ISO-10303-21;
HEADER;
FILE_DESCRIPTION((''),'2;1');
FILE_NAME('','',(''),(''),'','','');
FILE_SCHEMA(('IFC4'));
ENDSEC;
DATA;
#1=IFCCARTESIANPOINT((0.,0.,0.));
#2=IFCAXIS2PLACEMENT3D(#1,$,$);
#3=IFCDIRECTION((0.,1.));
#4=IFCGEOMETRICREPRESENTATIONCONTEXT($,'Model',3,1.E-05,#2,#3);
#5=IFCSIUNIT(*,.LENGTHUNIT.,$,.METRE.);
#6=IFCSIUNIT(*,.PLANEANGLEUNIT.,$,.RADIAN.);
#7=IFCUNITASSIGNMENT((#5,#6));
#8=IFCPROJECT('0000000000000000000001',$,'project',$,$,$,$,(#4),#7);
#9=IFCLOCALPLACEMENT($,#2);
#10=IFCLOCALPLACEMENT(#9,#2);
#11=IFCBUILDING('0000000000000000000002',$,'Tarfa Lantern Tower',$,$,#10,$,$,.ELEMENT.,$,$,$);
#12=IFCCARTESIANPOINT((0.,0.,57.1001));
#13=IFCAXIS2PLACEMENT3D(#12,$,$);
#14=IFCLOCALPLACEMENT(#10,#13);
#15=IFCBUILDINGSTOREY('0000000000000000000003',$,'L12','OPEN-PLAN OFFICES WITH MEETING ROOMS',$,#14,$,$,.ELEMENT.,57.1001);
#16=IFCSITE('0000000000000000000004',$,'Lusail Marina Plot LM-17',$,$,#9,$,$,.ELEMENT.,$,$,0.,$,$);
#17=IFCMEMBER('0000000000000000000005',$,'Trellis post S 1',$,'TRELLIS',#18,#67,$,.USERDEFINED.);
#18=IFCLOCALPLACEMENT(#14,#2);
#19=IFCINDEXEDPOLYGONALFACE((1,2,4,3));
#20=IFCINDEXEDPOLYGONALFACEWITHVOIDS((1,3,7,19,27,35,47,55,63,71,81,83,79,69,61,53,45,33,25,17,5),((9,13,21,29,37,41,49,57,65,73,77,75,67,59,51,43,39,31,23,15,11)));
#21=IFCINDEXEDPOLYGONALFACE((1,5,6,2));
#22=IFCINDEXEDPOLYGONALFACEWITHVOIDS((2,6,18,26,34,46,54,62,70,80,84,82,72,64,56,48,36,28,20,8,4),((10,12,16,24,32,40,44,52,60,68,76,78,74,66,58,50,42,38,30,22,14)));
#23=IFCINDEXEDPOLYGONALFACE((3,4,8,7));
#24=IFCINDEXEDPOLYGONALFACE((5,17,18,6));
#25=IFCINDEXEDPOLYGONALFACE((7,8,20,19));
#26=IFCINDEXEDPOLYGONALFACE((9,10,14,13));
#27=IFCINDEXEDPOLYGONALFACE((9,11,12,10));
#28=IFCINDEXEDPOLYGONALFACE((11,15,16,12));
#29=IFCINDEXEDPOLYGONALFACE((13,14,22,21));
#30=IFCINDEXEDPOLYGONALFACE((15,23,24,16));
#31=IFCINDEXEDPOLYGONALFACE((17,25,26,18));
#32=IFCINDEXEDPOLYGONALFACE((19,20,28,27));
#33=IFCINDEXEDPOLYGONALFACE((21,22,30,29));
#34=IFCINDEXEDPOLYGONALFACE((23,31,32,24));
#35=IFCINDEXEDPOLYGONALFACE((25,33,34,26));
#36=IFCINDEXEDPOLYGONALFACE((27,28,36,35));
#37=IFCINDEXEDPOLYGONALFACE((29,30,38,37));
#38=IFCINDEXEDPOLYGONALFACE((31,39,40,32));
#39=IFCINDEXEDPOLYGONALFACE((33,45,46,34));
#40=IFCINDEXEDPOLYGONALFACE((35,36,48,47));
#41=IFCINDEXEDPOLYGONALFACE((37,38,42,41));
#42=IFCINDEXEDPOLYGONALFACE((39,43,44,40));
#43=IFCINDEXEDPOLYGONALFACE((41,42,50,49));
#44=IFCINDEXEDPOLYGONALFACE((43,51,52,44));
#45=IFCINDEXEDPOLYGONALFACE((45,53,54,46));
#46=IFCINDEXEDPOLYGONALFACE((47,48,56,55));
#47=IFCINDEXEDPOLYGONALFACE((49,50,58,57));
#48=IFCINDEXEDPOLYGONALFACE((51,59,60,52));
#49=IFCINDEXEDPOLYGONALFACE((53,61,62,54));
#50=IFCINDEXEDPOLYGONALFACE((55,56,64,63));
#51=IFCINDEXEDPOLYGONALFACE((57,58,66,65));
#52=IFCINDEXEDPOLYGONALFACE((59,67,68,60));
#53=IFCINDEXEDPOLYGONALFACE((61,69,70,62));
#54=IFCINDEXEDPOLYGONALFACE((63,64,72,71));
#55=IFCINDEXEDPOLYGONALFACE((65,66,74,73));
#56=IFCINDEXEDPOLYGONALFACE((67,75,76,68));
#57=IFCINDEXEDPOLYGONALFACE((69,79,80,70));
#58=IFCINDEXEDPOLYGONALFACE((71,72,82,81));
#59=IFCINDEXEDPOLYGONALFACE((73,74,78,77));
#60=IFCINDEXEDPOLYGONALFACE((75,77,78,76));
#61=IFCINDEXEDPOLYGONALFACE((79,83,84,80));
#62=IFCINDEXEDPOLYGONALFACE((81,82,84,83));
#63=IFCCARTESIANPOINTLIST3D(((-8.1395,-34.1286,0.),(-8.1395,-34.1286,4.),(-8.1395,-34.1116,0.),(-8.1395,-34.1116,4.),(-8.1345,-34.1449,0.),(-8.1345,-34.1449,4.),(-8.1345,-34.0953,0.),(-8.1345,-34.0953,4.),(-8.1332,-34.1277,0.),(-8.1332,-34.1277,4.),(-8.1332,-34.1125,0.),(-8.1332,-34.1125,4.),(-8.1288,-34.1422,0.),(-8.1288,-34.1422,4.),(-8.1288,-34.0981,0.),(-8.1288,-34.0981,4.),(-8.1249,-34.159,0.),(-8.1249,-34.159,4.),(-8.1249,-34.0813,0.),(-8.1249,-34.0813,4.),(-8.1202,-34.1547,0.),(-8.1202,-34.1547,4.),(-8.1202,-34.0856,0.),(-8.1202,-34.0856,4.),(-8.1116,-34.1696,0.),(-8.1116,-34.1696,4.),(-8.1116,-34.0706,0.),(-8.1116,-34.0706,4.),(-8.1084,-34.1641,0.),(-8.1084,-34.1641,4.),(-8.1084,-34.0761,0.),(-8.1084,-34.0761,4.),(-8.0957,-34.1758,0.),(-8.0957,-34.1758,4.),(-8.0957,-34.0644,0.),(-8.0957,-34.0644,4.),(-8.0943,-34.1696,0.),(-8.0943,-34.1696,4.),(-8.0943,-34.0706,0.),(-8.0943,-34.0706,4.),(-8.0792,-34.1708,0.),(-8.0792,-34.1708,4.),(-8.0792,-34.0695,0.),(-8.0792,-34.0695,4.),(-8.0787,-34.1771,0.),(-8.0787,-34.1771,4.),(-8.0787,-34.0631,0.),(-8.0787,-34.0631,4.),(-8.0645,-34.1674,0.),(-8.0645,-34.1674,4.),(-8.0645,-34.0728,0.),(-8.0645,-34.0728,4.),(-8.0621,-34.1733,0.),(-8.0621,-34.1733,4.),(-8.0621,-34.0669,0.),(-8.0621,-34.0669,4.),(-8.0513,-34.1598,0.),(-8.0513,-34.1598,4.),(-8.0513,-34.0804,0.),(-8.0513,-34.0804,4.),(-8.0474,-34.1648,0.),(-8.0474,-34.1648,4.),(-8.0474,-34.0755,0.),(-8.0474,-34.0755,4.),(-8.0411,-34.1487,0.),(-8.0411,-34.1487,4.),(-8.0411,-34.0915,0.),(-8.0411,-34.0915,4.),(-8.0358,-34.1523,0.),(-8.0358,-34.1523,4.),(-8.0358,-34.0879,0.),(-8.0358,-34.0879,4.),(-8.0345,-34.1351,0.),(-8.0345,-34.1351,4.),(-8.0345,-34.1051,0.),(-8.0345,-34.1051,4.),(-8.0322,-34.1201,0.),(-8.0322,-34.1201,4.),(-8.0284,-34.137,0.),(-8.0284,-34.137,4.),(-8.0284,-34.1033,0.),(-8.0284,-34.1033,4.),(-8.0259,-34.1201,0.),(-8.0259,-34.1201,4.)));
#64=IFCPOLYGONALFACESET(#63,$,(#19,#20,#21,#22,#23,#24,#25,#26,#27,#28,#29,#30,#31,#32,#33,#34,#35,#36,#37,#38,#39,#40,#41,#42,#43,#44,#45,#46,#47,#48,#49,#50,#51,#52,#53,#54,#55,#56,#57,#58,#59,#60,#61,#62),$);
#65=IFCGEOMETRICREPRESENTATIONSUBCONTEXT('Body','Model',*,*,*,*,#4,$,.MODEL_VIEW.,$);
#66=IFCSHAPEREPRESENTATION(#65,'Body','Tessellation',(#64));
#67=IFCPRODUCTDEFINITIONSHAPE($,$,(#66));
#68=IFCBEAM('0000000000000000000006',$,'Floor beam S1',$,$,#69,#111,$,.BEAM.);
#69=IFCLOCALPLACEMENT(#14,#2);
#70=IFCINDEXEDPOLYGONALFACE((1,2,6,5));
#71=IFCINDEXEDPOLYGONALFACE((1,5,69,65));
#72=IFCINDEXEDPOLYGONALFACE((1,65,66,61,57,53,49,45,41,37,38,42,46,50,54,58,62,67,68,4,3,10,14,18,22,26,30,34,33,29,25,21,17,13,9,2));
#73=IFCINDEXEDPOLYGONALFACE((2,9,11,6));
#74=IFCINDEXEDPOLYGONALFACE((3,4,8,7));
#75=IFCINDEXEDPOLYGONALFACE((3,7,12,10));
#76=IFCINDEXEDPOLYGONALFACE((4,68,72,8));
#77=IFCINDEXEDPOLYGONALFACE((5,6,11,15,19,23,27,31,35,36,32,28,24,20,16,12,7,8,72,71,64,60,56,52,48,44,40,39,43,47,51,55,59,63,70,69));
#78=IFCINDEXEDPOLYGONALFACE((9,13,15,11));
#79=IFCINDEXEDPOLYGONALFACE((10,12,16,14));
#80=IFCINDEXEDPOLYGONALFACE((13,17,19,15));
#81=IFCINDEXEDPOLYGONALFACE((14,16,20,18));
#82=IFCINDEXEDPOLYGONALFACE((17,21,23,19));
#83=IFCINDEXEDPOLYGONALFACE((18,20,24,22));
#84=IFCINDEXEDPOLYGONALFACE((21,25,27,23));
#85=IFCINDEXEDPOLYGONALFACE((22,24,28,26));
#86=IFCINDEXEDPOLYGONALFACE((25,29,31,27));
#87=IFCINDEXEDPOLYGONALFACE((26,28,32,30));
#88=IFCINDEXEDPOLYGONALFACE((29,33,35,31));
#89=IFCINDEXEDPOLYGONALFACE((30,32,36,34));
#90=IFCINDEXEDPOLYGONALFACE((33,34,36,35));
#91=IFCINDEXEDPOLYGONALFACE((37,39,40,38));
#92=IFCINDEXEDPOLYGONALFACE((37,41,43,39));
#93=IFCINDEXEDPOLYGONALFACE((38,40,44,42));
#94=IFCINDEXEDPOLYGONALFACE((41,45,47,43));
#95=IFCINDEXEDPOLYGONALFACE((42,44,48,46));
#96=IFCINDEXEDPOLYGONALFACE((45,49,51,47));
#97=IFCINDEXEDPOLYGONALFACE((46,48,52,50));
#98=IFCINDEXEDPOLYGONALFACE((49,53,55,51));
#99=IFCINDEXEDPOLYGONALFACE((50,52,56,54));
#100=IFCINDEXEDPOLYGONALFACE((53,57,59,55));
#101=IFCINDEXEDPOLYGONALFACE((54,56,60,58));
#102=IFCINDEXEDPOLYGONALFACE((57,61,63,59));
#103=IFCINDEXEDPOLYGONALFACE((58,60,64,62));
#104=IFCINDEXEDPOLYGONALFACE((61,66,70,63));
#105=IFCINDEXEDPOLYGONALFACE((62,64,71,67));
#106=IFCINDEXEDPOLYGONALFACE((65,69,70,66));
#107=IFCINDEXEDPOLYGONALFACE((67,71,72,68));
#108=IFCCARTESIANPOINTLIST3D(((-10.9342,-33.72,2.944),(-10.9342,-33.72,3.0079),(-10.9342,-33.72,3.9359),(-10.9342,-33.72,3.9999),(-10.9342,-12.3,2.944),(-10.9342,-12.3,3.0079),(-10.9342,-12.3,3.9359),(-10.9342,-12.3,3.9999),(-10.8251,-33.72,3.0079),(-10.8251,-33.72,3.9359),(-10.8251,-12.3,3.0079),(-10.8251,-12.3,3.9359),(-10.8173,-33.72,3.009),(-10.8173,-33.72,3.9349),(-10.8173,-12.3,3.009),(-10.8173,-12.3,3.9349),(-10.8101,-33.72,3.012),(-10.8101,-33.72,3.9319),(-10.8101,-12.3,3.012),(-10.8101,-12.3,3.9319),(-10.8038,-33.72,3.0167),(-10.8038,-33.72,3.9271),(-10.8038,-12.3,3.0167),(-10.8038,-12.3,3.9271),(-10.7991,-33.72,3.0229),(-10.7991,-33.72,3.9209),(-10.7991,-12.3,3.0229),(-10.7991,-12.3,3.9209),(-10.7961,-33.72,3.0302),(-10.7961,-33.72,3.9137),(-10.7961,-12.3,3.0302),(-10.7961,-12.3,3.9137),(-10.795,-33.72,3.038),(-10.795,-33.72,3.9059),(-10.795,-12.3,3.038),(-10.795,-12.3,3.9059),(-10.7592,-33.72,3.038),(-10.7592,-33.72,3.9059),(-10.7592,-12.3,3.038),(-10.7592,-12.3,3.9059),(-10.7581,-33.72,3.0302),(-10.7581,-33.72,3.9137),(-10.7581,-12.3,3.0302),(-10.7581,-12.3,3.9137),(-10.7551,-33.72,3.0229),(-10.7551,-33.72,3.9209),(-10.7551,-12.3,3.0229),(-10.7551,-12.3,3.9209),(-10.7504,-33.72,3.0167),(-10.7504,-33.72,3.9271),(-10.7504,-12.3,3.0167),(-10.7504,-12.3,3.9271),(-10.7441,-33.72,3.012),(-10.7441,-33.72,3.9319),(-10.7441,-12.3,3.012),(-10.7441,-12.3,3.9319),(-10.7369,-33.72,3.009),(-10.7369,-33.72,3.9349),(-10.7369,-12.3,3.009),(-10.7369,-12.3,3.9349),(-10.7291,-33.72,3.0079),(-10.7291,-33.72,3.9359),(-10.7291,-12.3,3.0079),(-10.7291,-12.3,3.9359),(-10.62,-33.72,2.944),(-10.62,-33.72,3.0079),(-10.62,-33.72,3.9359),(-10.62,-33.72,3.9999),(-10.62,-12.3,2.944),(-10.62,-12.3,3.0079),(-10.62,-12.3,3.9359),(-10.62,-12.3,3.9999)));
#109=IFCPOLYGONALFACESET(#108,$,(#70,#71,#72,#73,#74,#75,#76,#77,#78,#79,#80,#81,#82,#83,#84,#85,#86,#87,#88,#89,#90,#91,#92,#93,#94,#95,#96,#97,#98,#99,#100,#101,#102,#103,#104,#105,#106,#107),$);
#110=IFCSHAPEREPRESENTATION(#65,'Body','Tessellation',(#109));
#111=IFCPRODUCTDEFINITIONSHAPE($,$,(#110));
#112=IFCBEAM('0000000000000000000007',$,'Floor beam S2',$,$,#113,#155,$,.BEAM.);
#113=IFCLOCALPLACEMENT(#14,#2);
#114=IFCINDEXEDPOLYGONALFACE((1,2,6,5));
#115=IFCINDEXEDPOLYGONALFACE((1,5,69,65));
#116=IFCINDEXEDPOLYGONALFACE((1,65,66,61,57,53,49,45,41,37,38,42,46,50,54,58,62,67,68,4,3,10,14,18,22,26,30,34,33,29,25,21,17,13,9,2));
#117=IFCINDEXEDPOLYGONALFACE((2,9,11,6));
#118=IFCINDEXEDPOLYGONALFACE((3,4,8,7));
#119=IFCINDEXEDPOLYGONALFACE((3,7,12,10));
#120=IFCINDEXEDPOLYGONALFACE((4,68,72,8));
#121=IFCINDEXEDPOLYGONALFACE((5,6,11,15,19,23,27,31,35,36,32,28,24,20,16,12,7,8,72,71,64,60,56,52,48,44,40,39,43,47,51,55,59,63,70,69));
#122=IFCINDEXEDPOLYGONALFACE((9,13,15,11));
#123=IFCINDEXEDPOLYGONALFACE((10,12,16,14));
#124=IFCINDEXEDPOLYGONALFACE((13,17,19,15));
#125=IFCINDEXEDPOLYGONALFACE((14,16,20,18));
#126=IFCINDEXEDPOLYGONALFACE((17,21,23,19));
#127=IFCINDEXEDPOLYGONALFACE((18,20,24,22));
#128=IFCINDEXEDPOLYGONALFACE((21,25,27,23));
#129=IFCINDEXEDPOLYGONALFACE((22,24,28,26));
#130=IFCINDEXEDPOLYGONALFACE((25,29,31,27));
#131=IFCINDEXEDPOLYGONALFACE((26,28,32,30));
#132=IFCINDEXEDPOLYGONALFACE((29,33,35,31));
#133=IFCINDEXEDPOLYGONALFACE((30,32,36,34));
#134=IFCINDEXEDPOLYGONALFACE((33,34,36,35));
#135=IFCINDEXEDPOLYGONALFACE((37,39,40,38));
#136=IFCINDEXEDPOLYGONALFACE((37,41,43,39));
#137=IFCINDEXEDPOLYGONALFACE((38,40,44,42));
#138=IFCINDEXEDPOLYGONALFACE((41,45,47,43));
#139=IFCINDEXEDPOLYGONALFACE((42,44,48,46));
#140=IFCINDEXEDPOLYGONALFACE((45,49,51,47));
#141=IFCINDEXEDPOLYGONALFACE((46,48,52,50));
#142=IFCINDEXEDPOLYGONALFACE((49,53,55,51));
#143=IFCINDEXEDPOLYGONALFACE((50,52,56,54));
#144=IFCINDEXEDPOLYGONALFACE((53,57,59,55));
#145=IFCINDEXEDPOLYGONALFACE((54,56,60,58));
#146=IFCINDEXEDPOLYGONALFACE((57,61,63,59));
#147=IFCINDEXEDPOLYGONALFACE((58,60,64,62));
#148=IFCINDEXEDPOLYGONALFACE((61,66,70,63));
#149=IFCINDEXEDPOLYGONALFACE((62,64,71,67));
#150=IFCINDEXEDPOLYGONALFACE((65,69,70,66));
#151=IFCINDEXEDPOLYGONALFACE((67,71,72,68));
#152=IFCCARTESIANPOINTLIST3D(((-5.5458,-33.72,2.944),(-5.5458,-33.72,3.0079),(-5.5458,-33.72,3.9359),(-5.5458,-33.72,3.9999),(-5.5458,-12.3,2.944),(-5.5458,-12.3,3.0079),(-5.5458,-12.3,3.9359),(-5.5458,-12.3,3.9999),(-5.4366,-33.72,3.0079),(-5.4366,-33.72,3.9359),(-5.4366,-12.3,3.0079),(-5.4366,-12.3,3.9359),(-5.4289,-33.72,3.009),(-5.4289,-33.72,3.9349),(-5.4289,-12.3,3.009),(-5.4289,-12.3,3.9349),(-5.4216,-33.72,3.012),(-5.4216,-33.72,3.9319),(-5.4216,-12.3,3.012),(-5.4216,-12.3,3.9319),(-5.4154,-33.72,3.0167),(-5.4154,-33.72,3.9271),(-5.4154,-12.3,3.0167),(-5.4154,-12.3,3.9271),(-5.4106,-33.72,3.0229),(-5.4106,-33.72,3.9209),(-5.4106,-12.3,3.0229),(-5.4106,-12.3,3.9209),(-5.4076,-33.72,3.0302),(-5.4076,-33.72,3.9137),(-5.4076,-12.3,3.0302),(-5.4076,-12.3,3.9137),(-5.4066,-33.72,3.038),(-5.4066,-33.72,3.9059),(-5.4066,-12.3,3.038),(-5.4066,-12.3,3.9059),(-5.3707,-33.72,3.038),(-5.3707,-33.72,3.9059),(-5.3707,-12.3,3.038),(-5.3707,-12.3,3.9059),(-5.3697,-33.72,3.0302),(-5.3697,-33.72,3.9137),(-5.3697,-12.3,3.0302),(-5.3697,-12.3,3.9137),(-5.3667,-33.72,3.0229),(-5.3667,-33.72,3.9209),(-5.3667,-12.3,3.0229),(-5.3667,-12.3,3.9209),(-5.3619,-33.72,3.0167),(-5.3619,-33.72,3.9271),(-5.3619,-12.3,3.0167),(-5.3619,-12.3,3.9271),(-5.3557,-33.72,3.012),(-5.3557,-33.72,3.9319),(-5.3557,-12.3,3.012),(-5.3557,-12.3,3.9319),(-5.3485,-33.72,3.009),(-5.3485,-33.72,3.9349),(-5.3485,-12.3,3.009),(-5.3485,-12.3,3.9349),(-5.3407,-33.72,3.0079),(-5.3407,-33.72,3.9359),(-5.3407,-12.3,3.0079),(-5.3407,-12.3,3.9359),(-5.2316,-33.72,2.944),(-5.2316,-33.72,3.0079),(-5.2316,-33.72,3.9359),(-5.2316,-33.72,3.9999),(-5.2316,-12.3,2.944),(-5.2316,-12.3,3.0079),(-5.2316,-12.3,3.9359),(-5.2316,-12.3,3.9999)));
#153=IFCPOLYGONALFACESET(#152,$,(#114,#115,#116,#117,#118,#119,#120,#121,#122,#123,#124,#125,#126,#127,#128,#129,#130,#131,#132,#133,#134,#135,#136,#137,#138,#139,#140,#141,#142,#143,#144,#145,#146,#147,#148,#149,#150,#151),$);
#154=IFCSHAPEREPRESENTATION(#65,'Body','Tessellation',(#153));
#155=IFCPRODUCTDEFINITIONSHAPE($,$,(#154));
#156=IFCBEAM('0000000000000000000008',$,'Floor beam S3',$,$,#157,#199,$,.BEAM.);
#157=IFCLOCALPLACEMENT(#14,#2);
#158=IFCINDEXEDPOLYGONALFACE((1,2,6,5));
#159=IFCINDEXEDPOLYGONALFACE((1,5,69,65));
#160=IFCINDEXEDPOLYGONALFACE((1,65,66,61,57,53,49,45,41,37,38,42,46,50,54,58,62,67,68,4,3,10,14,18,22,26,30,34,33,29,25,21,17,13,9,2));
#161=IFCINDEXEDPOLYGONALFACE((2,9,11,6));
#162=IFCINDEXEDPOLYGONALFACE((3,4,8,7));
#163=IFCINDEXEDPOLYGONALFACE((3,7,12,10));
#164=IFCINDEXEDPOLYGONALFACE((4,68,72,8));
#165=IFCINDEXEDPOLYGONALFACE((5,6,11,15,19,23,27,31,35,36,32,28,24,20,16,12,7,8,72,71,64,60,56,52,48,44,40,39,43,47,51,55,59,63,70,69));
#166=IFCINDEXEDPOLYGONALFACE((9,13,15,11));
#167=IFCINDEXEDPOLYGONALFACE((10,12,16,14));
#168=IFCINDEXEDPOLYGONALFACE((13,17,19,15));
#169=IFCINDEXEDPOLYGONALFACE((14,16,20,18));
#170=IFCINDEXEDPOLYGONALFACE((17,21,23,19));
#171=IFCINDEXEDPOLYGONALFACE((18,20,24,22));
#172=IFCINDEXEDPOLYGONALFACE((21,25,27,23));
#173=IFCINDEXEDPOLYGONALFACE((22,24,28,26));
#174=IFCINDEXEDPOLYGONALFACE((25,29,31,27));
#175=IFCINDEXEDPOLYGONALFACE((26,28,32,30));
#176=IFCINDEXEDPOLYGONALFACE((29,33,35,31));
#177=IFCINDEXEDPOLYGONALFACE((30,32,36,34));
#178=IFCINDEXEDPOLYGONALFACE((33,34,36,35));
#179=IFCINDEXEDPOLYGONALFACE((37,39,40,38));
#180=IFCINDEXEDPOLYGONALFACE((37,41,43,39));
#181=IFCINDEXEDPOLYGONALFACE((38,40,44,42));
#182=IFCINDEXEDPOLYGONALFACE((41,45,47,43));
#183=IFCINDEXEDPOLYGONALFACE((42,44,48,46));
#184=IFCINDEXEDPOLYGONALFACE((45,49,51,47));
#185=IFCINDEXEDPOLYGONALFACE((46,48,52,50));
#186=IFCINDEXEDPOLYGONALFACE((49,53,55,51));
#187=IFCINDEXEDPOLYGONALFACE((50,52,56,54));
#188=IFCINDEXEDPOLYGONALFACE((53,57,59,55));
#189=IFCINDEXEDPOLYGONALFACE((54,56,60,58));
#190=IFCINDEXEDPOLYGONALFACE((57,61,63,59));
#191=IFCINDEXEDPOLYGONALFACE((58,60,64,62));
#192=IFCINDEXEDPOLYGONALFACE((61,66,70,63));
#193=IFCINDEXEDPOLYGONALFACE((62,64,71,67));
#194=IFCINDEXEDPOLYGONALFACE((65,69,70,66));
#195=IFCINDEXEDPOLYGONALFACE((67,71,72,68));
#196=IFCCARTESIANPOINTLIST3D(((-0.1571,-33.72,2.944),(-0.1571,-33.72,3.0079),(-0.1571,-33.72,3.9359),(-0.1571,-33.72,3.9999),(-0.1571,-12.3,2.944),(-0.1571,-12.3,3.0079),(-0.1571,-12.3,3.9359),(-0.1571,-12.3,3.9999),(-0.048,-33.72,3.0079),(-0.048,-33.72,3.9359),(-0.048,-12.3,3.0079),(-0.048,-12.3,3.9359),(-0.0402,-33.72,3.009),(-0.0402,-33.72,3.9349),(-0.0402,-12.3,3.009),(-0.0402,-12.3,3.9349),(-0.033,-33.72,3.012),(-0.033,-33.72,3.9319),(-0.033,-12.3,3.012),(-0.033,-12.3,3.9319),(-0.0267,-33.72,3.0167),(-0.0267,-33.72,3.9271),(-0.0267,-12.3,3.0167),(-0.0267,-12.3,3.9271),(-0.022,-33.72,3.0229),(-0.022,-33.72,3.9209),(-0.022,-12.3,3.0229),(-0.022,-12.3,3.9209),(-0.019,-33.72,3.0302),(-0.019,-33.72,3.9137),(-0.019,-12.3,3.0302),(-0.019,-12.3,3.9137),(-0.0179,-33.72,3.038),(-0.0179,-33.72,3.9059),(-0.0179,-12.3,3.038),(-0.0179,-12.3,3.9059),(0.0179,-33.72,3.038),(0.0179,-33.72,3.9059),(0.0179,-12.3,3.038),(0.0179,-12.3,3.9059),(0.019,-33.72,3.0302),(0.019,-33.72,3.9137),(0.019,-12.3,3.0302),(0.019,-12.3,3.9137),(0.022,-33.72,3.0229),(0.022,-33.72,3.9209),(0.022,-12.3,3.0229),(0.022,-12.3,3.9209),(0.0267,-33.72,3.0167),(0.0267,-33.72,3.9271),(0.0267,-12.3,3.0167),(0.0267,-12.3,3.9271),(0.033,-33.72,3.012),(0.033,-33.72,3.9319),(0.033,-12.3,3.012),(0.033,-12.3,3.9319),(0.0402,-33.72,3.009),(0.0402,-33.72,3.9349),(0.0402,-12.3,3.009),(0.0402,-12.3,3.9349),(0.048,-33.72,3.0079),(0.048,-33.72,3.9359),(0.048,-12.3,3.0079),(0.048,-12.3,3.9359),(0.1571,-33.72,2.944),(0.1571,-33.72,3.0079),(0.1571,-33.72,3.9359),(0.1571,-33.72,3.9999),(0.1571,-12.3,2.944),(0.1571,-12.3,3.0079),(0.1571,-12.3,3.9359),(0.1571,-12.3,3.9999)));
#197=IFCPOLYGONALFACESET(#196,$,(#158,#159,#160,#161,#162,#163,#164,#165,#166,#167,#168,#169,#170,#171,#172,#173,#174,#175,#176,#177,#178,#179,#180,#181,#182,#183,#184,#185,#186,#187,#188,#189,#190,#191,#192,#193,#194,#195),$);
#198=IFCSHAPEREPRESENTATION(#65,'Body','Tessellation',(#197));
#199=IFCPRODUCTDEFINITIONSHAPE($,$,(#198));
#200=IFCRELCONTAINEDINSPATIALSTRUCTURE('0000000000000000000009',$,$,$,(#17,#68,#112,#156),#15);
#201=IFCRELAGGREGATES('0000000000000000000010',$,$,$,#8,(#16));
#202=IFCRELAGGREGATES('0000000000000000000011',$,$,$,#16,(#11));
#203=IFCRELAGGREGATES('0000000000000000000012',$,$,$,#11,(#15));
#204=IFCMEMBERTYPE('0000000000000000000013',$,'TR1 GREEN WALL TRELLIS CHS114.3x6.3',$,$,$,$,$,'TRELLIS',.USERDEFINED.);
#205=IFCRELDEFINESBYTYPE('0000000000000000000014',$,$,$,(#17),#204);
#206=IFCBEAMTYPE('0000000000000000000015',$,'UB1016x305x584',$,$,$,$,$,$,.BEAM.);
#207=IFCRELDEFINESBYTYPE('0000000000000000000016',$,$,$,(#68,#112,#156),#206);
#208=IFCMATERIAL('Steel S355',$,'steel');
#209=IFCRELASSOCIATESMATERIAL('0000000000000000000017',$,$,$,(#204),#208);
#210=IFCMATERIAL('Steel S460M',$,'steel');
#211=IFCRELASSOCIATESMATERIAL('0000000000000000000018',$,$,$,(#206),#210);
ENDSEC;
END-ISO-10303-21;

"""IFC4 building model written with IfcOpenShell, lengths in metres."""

from ifc_helpers import new_model, si_unit, direction, frame, origin, origin_2d, place, context, subcontext, project, spatial, hollow_circle, i_section, extrude, material, material_profile, profile_set, type_object, element, save


model = new_model("IFC4")

# Units and contexts
model_context = context("Model", 3, precision=1e-05, world=origin(), true_north=direction((0.0, 1.0)))
body_context = subcontext(model_context, "Body", "Model", "MODEL_VIEW")
ifc_project = project(units=[si_unit("LENGTHUNIT", "METRE"), si_unit("PLANEANGLEUNIT", "RADIAN")], contexts=[model_context])

# Site, building, storey
site_placement = place(None, origin())
site = spatial("IfcSite", under=ifc_project, at=site_placement, Name="Lusail Marina Plot LM-17", CompositionType="ELEMENT", RefElevation=0.0)
building_placement = place(site_placement, origin())
building = spatial("IfcBuilding", under=site, at=building_placement, Name="Tarfa Lantern Tower", CompositionType="ELEMENT")
storey_placement = place(building_placement, frame((0.0, 0.0, 57.1001)))
storey = spatial("IfcBuildingStorey", under=building, at=storey_placement, Name="L12", Description="OPEN-PLAN OFFICES WITH MEETING ROOMS", CompositionType="ELEMENT", Elevation=57.1001)

# Member
ifc_material_1 = material(Name="Steel S355", Category="steel")
ifc_material_profile_1 = material_profile(ifc_material_1, hollow_circle(Radius=0.0571, WallThickness=0.0063, at=origin_2d()), Name="CHS114.3x6.3")
ifc_profile_set_1 = profile_set([ifc_material_profile_1], Name="Steel S355")
member_type_1 = type_object("IfcMemberType", Name="TR1 GREEN WALL TRELLIS CHS114.3x6.3", ElementType="TRELLIS", PredefinedType="USERDEFINED", material=ifc_profile_set_1)
member_1_placement = place(storey_placement, frame((-8.083, -34.1201, 0.0), z_axis=(0.0, 0.0, 1.0), x_axis=(1.0, 0.0, 0.0)))
element("IfcMember", 1, at=member_1_placement, inside=storey, type_object=member_type_1, Name="Trellis post S 1", ObjectType="TRELLIS", PredefinedType="USERDEFINED", context=body_context, shape_type="SweptSolid", body=[
    extrude(hollow_circle(Radius=0.0571, WallThickness=0.0063, at=origin_2d()), origin(), (0.0, 0.0, 1.0), 4.0),
])

# Beams
ifc_material_2 = material(Name="Steel S460M", Category="steel")
ifc_material_profile_2 = material_profile(ifc_material_2, i_section(OverallWidth=0.3142, OverallDepth=1.0559, WebThickness=0.0359, FlangeThickness=0.064, FilletRadius=0.03, at=origin_2d()), Name="UB1016x305x584")
ifc_profile_set_2 = profile_set([ifc_material_profile_2], Name="Steel S460M")
beam_type_1 = type_object("IfcBeamType", Name="UB1016x305x584", PredefinedType="BEAM", material=ifc_profile_set_2)
for number, where, z_axis, x_axis, name in (
    (2, (-10.7771, -33.72, 3.4719), (0.0, 1.0, 0.0), (-1.0, 0.0, 0.0), "Floor beam S1"),
    (3, (-5.3887, -33.72, 3.4719), (0.0, 1.0, 0.0), (-1.0, 0.0, 0.0), "Floor beam S2"),
    (4, (0.0, -33.72, 3.4719), (0.0, 1.0, 0.0), (-1.0, 0.0, 0.0), "Floor beam S3"),
):
    element("IfcBeam", number, at=place(storey_placement, frame(where, z_axis=z_axis, x_axis=x_axis)), inside=storey, type_object=beam_type_1, Name=name, PredefinedType="BEAM", context=body_context, shape_type="SweptSolid", body=[
        extrude(i_section(OverallWidth=0.3142, OverallDepth=1.0559, WebThickness=0.0359, FlangeThickness=0.064, FilletRadius=0.03, at=origin_2d()), origin(), (0.0, 0.0, 1.0), 21.4199),
    ])

save(model, "model.ifc")
